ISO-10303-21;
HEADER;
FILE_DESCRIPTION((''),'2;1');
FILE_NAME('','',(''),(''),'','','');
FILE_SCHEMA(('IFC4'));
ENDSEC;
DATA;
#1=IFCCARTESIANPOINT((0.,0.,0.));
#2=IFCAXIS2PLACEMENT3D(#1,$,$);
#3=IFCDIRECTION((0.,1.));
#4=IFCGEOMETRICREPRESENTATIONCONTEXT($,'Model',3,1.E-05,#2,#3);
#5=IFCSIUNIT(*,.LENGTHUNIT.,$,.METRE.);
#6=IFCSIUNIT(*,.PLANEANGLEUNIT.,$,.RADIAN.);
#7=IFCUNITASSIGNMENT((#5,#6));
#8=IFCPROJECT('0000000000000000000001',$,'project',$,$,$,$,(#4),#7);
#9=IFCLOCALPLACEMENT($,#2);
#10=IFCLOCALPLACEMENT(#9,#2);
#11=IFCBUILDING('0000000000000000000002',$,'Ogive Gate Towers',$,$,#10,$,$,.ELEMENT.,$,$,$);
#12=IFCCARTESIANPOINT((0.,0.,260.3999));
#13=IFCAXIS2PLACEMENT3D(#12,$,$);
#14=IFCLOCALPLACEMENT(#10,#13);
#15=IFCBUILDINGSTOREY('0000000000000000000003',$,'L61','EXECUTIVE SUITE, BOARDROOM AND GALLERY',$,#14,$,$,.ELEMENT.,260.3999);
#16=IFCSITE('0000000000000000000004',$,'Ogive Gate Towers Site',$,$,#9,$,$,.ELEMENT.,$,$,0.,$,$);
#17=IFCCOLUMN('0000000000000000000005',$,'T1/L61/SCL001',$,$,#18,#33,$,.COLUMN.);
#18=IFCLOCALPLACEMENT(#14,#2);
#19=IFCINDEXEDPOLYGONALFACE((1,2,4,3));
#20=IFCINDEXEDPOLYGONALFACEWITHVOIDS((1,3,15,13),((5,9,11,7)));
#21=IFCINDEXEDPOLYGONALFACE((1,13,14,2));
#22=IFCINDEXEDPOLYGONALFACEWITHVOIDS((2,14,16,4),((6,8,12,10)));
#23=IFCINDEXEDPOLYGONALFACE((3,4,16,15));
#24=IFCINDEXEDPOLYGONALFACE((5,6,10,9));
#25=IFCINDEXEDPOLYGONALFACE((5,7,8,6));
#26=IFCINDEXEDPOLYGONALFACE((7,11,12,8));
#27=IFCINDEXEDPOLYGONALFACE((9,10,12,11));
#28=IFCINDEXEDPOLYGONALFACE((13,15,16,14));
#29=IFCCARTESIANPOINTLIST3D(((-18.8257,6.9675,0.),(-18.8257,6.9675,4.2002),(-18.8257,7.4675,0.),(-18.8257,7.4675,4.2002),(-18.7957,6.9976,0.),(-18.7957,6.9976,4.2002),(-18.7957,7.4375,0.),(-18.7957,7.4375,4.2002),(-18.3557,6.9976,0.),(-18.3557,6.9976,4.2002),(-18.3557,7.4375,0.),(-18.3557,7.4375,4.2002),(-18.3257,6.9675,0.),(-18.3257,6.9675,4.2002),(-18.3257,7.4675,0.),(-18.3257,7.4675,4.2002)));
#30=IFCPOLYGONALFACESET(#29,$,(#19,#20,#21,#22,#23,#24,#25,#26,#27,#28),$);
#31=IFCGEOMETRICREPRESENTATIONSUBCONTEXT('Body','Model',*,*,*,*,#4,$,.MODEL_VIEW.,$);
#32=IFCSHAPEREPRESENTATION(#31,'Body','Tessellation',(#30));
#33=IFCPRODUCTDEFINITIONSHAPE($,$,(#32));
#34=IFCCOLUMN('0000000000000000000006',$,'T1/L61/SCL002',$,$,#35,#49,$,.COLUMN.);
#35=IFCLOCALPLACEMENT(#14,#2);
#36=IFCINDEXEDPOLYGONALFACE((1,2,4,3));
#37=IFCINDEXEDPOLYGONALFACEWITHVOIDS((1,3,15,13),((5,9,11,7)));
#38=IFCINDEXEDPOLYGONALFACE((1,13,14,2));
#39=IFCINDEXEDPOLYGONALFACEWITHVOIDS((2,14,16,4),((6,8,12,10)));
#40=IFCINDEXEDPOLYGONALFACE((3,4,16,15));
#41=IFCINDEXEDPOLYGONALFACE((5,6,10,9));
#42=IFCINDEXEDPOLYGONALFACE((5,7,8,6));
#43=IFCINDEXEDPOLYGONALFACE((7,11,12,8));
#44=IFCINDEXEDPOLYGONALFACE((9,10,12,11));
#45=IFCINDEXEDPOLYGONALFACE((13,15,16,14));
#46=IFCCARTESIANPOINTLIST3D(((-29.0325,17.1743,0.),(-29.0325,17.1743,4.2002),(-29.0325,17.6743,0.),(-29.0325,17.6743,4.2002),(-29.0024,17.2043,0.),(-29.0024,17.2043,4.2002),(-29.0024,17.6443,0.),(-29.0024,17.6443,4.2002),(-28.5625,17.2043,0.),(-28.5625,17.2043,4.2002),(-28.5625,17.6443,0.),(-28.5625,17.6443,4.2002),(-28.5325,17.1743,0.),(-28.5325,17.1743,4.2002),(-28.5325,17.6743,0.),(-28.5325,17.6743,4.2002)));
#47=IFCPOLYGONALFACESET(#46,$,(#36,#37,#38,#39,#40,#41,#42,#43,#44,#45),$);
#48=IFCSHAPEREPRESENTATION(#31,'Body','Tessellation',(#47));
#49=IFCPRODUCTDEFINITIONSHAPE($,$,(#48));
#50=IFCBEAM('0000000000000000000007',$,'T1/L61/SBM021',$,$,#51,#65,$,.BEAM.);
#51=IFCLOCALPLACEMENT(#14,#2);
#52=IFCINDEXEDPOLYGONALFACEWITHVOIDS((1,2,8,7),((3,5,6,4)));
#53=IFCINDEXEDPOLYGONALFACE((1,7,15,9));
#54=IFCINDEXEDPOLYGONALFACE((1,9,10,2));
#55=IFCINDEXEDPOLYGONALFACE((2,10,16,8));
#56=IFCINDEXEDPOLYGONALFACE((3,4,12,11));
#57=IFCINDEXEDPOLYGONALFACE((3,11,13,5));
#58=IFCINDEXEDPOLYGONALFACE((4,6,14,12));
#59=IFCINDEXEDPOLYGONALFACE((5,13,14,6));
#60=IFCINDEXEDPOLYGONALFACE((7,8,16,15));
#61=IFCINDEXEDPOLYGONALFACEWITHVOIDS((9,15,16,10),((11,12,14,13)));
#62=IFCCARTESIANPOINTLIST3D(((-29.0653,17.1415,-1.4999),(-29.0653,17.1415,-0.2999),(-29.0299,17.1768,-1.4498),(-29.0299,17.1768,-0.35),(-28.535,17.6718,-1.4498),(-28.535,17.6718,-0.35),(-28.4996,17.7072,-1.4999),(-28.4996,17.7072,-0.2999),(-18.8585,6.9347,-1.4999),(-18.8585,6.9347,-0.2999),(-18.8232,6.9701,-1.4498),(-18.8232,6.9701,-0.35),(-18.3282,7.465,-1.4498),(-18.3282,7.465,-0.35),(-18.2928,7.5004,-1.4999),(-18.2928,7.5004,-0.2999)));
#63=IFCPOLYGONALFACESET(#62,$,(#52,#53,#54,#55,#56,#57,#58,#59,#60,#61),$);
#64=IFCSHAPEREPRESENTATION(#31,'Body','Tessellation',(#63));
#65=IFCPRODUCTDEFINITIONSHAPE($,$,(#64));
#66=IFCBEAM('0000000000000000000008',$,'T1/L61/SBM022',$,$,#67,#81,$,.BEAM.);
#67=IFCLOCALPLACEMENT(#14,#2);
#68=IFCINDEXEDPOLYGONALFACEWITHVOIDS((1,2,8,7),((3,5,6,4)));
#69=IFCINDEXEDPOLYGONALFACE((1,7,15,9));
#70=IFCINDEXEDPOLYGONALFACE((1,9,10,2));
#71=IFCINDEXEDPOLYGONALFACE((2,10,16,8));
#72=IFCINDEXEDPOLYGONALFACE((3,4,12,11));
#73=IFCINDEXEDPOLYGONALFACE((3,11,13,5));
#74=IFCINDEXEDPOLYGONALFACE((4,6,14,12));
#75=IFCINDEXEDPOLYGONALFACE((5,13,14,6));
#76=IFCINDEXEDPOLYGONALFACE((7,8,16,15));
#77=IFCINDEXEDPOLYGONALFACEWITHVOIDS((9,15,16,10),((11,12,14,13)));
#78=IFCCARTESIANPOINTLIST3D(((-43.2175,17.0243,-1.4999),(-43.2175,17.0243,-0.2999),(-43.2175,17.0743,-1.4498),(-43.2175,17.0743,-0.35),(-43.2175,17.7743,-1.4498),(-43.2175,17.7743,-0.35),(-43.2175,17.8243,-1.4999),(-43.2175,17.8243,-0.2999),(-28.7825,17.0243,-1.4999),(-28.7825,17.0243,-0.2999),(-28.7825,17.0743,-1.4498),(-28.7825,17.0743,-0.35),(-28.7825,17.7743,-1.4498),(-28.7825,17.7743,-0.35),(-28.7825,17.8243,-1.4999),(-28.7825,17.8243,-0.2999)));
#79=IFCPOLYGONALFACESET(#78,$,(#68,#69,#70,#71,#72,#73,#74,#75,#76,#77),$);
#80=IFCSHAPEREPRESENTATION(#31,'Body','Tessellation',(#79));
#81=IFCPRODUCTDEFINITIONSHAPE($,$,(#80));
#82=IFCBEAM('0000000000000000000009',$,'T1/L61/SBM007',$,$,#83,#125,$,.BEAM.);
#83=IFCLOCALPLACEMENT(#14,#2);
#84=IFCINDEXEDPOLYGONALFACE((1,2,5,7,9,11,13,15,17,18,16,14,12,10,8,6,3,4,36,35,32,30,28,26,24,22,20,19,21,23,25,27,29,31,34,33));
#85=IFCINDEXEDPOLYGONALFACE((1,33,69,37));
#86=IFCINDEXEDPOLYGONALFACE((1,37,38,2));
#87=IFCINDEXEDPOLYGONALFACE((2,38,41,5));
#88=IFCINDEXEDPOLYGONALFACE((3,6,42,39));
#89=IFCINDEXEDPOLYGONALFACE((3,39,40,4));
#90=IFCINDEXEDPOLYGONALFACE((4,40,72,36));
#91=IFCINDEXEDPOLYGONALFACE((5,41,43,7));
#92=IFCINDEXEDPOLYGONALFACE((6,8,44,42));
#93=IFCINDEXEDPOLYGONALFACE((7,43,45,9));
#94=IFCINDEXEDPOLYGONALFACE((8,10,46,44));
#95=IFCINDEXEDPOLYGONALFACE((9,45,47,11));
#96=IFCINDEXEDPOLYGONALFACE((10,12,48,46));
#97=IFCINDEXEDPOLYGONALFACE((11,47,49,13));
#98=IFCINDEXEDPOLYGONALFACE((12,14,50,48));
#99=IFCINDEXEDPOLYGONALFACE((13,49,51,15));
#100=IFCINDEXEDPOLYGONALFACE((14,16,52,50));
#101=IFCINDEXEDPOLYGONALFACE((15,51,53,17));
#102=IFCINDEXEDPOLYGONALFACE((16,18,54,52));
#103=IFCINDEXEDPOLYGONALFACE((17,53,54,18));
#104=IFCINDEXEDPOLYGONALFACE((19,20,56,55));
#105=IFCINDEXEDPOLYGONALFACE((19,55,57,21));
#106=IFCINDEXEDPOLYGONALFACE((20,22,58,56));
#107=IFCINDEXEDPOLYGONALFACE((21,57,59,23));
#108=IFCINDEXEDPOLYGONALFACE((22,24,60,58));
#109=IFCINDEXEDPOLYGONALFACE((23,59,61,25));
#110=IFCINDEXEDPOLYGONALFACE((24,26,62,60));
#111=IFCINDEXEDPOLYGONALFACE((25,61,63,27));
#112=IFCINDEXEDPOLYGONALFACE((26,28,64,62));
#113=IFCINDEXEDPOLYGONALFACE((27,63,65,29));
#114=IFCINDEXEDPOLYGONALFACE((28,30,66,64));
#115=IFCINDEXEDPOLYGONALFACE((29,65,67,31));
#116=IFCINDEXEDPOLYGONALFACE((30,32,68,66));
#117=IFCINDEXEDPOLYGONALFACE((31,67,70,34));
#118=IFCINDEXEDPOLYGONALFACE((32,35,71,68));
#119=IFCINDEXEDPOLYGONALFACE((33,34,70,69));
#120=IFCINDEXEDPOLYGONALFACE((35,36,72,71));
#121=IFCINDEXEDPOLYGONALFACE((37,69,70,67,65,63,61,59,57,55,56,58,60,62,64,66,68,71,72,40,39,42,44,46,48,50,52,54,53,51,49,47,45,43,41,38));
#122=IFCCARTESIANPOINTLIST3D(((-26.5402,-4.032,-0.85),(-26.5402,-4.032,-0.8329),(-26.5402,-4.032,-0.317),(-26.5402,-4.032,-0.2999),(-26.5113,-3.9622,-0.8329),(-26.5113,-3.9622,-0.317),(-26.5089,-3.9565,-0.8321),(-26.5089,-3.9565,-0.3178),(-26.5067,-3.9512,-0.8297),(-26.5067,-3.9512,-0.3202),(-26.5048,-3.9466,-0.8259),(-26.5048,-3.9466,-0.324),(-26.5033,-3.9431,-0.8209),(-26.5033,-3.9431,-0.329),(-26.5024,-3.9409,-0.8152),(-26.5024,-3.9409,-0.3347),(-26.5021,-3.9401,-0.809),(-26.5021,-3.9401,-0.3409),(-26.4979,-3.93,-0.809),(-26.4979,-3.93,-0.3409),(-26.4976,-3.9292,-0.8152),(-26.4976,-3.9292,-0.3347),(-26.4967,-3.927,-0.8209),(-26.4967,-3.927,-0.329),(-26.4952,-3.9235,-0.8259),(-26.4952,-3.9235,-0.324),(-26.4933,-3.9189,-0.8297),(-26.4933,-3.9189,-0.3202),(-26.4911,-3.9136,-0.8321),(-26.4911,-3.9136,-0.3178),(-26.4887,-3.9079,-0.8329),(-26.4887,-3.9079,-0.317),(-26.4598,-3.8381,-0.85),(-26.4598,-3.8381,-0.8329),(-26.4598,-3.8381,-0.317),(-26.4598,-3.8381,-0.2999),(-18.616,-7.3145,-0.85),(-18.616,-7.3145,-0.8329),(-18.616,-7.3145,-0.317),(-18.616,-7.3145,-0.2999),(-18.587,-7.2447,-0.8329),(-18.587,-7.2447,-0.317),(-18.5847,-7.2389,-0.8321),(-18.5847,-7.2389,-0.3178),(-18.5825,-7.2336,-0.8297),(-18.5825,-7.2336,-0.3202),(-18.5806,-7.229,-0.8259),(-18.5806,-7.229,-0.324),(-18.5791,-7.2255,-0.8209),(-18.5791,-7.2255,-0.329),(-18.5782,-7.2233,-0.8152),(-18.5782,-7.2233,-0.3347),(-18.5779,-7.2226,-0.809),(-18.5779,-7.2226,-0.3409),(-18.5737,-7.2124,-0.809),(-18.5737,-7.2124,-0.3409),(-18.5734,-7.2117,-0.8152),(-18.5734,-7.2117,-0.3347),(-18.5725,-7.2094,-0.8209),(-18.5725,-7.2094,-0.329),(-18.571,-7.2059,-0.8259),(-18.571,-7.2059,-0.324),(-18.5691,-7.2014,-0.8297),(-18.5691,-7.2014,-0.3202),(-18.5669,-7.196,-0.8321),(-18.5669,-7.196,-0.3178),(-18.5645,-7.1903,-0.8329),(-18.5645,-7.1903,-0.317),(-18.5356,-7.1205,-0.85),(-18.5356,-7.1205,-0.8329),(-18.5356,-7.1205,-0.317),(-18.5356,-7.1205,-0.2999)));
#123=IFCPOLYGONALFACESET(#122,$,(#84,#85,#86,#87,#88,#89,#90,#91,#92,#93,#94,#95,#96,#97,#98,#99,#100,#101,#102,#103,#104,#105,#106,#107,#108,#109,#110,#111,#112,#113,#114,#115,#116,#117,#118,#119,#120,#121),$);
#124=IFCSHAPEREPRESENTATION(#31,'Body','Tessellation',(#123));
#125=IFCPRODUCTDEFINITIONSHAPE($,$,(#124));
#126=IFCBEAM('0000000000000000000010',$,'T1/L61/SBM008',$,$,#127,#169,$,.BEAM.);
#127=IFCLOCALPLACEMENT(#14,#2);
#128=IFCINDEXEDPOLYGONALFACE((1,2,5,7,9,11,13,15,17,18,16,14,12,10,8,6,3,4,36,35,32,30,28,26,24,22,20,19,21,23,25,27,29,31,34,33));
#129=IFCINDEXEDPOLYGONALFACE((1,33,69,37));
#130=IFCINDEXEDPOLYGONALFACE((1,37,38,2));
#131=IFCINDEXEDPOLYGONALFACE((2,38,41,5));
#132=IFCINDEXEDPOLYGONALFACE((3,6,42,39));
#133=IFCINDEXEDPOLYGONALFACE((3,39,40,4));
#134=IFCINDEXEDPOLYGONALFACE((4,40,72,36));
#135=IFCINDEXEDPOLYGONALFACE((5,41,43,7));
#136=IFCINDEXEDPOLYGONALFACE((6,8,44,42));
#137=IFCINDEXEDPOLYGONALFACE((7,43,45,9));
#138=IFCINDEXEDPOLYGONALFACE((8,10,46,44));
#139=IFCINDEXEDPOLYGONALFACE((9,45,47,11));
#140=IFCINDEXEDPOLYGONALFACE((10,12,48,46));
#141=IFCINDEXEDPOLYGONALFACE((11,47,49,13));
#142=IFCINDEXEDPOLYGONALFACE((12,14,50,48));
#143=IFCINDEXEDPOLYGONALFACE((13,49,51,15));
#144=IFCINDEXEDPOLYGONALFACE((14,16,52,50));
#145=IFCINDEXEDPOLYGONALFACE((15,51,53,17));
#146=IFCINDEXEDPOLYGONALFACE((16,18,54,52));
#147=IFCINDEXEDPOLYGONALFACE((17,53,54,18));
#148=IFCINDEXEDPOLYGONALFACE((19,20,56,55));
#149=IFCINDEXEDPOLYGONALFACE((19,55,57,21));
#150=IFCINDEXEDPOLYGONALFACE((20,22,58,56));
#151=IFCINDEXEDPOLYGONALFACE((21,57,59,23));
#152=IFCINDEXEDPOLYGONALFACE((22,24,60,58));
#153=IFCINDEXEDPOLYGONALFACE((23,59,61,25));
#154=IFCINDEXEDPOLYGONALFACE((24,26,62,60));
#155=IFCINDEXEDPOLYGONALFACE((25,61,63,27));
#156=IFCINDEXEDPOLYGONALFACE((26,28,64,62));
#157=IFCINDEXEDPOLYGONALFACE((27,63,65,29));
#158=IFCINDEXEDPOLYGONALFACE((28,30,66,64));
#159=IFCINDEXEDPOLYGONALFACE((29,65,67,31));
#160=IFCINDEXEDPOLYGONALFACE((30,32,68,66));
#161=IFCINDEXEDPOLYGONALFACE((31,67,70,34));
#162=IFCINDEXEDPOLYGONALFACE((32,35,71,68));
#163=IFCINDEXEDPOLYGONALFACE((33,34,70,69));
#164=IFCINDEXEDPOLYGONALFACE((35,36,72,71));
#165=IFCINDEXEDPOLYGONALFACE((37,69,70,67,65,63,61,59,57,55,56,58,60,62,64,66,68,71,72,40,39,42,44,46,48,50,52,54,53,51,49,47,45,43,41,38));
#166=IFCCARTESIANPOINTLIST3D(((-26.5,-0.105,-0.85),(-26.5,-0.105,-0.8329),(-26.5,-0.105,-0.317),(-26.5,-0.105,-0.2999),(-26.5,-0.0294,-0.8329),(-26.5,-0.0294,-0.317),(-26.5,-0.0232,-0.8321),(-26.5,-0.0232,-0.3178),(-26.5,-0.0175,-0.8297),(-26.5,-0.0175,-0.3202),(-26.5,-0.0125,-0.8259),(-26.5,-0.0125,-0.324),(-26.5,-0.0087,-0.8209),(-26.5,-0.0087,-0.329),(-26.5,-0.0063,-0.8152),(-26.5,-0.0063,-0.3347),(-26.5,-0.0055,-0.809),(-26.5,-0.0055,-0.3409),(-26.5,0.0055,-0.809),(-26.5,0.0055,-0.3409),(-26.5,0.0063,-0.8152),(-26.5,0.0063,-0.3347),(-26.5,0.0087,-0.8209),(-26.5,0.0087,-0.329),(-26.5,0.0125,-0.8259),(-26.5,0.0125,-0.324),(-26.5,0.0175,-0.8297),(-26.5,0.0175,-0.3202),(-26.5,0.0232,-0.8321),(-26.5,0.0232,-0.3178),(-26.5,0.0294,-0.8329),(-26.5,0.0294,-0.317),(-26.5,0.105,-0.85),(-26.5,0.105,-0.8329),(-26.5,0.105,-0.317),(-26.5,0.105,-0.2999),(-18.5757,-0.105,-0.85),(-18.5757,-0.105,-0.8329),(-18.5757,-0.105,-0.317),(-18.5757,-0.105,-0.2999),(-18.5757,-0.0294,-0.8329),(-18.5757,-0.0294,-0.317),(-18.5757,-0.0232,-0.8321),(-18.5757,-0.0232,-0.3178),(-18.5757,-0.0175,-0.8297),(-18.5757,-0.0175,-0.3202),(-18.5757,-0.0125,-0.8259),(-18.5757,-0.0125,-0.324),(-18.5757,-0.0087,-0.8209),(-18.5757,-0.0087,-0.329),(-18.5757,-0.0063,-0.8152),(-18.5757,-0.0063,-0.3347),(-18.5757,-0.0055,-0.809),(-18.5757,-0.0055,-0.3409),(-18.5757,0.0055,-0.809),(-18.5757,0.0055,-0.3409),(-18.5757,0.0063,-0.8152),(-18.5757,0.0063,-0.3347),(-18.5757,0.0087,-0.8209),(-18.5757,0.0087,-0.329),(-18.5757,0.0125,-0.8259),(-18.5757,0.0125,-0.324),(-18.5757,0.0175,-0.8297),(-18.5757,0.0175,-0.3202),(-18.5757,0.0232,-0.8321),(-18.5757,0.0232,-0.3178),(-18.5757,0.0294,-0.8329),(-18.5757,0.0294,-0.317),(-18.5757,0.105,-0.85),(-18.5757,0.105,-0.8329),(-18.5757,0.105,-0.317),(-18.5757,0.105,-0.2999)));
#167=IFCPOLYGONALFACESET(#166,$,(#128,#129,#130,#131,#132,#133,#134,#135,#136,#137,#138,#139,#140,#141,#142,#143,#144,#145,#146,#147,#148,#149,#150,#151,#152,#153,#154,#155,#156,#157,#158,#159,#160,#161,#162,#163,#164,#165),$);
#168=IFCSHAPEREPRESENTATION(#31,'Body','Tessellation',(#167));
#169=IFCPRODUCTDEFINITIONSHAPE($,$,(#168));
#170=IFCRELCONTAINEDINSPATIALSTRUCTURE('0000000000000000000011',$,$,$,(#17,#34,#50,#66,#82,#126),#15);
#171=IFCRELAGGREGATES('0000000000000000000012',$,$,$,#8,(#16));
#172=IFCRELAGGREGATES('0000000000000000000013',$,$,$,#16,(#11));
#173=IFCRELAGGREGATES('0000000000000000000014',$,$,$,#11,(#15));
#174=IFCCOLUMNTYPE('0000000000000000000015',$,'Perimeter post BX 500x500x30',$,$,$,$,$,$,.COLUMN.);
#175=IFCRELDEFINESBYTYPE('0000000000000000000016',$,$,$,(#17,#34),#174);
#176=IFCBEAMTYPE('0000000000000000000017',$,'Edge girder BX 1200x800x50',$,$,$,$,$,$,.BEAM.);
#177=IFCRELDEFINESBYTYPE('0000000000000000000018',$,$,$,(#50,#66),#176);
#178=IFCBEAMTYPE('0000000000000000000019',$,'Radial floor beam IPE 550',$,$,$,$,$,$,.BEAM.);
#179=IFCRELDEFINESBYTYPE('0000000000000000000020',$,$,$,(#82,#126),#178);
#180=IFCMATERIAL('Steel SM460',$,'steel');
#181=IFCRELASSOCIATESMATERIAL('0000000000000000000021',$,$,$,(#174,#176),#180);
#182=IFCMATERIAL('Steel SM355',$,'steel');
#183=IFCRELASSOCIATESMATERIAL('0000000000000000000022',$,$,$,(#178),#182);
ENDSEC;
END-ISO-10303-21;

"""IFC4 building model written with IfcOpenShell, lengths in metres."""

from ifc_helpers import new_model, si_unit, direction, frame, origin, origin_2d, place, context, subcontext, project, spatial, hollow_rectangle, i_section, extrude, material, material_profile, profile_set, type_object, element, save


model = new_model("IFC4")

# Units and contexts
model_context = context("Model", 3, precision=1e-05, world=origin(), true_north=direction((0.0, 1.0)))
body_context = subcontext(model_context, "Body", "Model", "MODEL_VIEW")
ifc_project = project(units=[si_unit("LENGTHUNIT", "METRE"), si_unit("PLANEANGLEUNIT", "RADIAN")], contexts=[model_context])

# Site, building, storey
site_placement = place(None, origin())
site = spatial("IfcSite", under=ifc_project, at=site_placement, Name="Ogive Gate Towers Site", CompositionType="ELEMENT", RefElevation=0.0)
building_placement = place(site_placement, origin())
building = spatial("IfcBuilding", under=site, at=building_placement, Name="Ogive Gate Towers", CompositionType="ELEMENT")
storey_placement = place(building_placement, frame((0.0, 0.0, 260.3999)))
storey = spatial("IfcBuildingStorey", under=building, at=storey_placement, Name="L61", Description="EXECUTIVE SUITE, BOARDROOM AND GALLERY", CompositionType="ELEMENT", Elevation=260.3999)

# Columns
ifc_material_1 = material(Name="Steel SM460", Category="steel")
ifc_material_profile_1 = material_profile(ifc_material_1, hollow_rectangle(XDim=0.5, YDim=0.5, WallThickness=0.03, at=origin_2d()), Name="BX 500x500x30")
ifc_profile_set_1 = profile_set([ifc_material_profile_1], Name="Steel SM460")
column_type = type_object("IfcColumnType", Name="Perimeter post BX 500x500x30", PredefinedType="COLUMN", material=ifc_profile_set_1)
for number, where, z_axis, x_axis, name in (
    (1, (-18.5757, 7.2175, 0.0), (0.0, 0.0, 1.0), (1.0, 0.0, 0.0), "T1/L61/SCL001"),
    (2, (-28.7825, 17.4243, 0.0), (0.0, 0.0, 1.0), (1.0, 0.0, 0.0), "T1/L61/SCL002"),
):
    element("IfcColumn", number, at=place(storey_placement, frame(where, z_axis=z_axis, x_axis=x_axis)), inside=storey, type_object=column_type, Name=name, PredefinedType="COLUMN", context=body_context, shape_type="SweptSolid", body=[
        extrude(hollow_rectangle(XDim=0.5, YDim=0.5, WallThickness=0.03, at=origin_2d()), origin(), (0.0, 0.0, 1.0), 4.2002),
    ])

# Beams
ifc_material_profile_2 = material_profile(ifc_material_1, hollow_rectangle(XDim=0.8, YDim=1.2, WallThickness=0.05, at=origin_2d()), Name="BX 1200x800x50")
ifc_profile_set_2 = profile_set([ifc_material_profile_2], Name="Steel SM460")
beam_type_1 = type_object("IfcBeamType", Name="Edge girder BX 1200x800x50", PredefinedType="BEAM", material=ifc_profile_set_2)
beam_1_placement = place(storey_placement, frame((-18.5757, 7.2175, -0.8999), z_axis=(-0.707107, 0.707107, 0.0), x_axis=(-0.707107, -0.707107, 0.0)))
element("IfcBeam", 3, at=beam_1_placement, inside=storey, type_object=beam_type_1, Name="T1/L61/SBM021", PredefinedType="BEAM", context=body_context, shape_type="SweptSolid", body=[
    extrude(hollow_rectangle(XDim=0.8, YDim=1.2, WallThickness=0.05, at=origin_2d()), origin(), (0.0, 0.0, 1.0), 14.4346),
])
beam_2_placement = place(storey_placement, frame((-28.7825, 17.4243, -0.8999), z_axis=(-1.0, 0.0, 0.0), x_axis=(0.0, -1.0, 0.0)))
element("IfcBeam", 4, at=beam_2_placement, inside=storey, type_object=beam_type_1, Name="T1/L61/SBM022", PredefinedType="BEAM", context=body_context, shape_type="SweptSolid", body=[
    extrude(hollow_rectangle(XDim=0.8, YDim=1.2, WallThickness=0.05, at=origin_2d()), origin(), (0.0, 0.0, 1.0), 14.4351),
])
ifc_material_2 = material(Name="Steel SM355", Category="steel")
ifc_material_profile_3 = material_profile(ifc_material_2, i_section(OverallWidth=0.21, OverallDepth=0.55, WebThickness=0.011, FlangeThickness=0.0171, FilletRadius=0.0239, at=origin_2d()), Name="IPE 550")
ifc_profile_set_3 = profile_set([ifc_material_profile_3], Name="Steel SM355")
beam_type_2 = type_object("IfcBeamType", Name="Radial floor beam IPE 550", PredefinedType="BEAM", material=ifc_profile_set_3)
beam_3_placement = place(storey_placement, frame((-26.5, -3.9351, -0.575), z_axis=(0.923875, -0.382695, 0.0), x_axis=(0.382695, 0.923875, 0.0)))
element("IfcBeam", 5, at=beam_3_placement, inside=storey, type_object=beam_type_2, Name="T1/L61/SBM007", PredefinedType="BEAM", context=body_context, shape_type="SweptSolid", body=[
    extrude(i_section(OverallWidth=0.21, OverallDepth=0.55, WebThickness=0.011, FlangeThickness=0.0171, FilletRadius=0.0239, at=origin_2d()), origin(), (0.0, 0.0, 1.0), 8.5771),
])
beam_4_placement = place(storey_placement, frame((-26.5, 0.0, -0.575), z_axis=(1.0, 0.0, 0.0), x_axis=(0.0, 1.0, 0.0)))
element("IfcBeam", 6, at=beam_4_placement, inside=storey, type_object=beam_type_2, Name="T1/L61/SBM008", PredefinedType="BEAM", context=body_context, shape_type="SweptSolid", body=[
    extrude(i_section(OverallWidth=0.21, OverallDepth=0.55, WebThickness=0.011, FlangeThickness=0.0171, FilletRadius=0.0239, at=origin_2d()), origin(), (0.0, 0.0, 1.0), 7.9243),
])

save(model, "model.ifc")
